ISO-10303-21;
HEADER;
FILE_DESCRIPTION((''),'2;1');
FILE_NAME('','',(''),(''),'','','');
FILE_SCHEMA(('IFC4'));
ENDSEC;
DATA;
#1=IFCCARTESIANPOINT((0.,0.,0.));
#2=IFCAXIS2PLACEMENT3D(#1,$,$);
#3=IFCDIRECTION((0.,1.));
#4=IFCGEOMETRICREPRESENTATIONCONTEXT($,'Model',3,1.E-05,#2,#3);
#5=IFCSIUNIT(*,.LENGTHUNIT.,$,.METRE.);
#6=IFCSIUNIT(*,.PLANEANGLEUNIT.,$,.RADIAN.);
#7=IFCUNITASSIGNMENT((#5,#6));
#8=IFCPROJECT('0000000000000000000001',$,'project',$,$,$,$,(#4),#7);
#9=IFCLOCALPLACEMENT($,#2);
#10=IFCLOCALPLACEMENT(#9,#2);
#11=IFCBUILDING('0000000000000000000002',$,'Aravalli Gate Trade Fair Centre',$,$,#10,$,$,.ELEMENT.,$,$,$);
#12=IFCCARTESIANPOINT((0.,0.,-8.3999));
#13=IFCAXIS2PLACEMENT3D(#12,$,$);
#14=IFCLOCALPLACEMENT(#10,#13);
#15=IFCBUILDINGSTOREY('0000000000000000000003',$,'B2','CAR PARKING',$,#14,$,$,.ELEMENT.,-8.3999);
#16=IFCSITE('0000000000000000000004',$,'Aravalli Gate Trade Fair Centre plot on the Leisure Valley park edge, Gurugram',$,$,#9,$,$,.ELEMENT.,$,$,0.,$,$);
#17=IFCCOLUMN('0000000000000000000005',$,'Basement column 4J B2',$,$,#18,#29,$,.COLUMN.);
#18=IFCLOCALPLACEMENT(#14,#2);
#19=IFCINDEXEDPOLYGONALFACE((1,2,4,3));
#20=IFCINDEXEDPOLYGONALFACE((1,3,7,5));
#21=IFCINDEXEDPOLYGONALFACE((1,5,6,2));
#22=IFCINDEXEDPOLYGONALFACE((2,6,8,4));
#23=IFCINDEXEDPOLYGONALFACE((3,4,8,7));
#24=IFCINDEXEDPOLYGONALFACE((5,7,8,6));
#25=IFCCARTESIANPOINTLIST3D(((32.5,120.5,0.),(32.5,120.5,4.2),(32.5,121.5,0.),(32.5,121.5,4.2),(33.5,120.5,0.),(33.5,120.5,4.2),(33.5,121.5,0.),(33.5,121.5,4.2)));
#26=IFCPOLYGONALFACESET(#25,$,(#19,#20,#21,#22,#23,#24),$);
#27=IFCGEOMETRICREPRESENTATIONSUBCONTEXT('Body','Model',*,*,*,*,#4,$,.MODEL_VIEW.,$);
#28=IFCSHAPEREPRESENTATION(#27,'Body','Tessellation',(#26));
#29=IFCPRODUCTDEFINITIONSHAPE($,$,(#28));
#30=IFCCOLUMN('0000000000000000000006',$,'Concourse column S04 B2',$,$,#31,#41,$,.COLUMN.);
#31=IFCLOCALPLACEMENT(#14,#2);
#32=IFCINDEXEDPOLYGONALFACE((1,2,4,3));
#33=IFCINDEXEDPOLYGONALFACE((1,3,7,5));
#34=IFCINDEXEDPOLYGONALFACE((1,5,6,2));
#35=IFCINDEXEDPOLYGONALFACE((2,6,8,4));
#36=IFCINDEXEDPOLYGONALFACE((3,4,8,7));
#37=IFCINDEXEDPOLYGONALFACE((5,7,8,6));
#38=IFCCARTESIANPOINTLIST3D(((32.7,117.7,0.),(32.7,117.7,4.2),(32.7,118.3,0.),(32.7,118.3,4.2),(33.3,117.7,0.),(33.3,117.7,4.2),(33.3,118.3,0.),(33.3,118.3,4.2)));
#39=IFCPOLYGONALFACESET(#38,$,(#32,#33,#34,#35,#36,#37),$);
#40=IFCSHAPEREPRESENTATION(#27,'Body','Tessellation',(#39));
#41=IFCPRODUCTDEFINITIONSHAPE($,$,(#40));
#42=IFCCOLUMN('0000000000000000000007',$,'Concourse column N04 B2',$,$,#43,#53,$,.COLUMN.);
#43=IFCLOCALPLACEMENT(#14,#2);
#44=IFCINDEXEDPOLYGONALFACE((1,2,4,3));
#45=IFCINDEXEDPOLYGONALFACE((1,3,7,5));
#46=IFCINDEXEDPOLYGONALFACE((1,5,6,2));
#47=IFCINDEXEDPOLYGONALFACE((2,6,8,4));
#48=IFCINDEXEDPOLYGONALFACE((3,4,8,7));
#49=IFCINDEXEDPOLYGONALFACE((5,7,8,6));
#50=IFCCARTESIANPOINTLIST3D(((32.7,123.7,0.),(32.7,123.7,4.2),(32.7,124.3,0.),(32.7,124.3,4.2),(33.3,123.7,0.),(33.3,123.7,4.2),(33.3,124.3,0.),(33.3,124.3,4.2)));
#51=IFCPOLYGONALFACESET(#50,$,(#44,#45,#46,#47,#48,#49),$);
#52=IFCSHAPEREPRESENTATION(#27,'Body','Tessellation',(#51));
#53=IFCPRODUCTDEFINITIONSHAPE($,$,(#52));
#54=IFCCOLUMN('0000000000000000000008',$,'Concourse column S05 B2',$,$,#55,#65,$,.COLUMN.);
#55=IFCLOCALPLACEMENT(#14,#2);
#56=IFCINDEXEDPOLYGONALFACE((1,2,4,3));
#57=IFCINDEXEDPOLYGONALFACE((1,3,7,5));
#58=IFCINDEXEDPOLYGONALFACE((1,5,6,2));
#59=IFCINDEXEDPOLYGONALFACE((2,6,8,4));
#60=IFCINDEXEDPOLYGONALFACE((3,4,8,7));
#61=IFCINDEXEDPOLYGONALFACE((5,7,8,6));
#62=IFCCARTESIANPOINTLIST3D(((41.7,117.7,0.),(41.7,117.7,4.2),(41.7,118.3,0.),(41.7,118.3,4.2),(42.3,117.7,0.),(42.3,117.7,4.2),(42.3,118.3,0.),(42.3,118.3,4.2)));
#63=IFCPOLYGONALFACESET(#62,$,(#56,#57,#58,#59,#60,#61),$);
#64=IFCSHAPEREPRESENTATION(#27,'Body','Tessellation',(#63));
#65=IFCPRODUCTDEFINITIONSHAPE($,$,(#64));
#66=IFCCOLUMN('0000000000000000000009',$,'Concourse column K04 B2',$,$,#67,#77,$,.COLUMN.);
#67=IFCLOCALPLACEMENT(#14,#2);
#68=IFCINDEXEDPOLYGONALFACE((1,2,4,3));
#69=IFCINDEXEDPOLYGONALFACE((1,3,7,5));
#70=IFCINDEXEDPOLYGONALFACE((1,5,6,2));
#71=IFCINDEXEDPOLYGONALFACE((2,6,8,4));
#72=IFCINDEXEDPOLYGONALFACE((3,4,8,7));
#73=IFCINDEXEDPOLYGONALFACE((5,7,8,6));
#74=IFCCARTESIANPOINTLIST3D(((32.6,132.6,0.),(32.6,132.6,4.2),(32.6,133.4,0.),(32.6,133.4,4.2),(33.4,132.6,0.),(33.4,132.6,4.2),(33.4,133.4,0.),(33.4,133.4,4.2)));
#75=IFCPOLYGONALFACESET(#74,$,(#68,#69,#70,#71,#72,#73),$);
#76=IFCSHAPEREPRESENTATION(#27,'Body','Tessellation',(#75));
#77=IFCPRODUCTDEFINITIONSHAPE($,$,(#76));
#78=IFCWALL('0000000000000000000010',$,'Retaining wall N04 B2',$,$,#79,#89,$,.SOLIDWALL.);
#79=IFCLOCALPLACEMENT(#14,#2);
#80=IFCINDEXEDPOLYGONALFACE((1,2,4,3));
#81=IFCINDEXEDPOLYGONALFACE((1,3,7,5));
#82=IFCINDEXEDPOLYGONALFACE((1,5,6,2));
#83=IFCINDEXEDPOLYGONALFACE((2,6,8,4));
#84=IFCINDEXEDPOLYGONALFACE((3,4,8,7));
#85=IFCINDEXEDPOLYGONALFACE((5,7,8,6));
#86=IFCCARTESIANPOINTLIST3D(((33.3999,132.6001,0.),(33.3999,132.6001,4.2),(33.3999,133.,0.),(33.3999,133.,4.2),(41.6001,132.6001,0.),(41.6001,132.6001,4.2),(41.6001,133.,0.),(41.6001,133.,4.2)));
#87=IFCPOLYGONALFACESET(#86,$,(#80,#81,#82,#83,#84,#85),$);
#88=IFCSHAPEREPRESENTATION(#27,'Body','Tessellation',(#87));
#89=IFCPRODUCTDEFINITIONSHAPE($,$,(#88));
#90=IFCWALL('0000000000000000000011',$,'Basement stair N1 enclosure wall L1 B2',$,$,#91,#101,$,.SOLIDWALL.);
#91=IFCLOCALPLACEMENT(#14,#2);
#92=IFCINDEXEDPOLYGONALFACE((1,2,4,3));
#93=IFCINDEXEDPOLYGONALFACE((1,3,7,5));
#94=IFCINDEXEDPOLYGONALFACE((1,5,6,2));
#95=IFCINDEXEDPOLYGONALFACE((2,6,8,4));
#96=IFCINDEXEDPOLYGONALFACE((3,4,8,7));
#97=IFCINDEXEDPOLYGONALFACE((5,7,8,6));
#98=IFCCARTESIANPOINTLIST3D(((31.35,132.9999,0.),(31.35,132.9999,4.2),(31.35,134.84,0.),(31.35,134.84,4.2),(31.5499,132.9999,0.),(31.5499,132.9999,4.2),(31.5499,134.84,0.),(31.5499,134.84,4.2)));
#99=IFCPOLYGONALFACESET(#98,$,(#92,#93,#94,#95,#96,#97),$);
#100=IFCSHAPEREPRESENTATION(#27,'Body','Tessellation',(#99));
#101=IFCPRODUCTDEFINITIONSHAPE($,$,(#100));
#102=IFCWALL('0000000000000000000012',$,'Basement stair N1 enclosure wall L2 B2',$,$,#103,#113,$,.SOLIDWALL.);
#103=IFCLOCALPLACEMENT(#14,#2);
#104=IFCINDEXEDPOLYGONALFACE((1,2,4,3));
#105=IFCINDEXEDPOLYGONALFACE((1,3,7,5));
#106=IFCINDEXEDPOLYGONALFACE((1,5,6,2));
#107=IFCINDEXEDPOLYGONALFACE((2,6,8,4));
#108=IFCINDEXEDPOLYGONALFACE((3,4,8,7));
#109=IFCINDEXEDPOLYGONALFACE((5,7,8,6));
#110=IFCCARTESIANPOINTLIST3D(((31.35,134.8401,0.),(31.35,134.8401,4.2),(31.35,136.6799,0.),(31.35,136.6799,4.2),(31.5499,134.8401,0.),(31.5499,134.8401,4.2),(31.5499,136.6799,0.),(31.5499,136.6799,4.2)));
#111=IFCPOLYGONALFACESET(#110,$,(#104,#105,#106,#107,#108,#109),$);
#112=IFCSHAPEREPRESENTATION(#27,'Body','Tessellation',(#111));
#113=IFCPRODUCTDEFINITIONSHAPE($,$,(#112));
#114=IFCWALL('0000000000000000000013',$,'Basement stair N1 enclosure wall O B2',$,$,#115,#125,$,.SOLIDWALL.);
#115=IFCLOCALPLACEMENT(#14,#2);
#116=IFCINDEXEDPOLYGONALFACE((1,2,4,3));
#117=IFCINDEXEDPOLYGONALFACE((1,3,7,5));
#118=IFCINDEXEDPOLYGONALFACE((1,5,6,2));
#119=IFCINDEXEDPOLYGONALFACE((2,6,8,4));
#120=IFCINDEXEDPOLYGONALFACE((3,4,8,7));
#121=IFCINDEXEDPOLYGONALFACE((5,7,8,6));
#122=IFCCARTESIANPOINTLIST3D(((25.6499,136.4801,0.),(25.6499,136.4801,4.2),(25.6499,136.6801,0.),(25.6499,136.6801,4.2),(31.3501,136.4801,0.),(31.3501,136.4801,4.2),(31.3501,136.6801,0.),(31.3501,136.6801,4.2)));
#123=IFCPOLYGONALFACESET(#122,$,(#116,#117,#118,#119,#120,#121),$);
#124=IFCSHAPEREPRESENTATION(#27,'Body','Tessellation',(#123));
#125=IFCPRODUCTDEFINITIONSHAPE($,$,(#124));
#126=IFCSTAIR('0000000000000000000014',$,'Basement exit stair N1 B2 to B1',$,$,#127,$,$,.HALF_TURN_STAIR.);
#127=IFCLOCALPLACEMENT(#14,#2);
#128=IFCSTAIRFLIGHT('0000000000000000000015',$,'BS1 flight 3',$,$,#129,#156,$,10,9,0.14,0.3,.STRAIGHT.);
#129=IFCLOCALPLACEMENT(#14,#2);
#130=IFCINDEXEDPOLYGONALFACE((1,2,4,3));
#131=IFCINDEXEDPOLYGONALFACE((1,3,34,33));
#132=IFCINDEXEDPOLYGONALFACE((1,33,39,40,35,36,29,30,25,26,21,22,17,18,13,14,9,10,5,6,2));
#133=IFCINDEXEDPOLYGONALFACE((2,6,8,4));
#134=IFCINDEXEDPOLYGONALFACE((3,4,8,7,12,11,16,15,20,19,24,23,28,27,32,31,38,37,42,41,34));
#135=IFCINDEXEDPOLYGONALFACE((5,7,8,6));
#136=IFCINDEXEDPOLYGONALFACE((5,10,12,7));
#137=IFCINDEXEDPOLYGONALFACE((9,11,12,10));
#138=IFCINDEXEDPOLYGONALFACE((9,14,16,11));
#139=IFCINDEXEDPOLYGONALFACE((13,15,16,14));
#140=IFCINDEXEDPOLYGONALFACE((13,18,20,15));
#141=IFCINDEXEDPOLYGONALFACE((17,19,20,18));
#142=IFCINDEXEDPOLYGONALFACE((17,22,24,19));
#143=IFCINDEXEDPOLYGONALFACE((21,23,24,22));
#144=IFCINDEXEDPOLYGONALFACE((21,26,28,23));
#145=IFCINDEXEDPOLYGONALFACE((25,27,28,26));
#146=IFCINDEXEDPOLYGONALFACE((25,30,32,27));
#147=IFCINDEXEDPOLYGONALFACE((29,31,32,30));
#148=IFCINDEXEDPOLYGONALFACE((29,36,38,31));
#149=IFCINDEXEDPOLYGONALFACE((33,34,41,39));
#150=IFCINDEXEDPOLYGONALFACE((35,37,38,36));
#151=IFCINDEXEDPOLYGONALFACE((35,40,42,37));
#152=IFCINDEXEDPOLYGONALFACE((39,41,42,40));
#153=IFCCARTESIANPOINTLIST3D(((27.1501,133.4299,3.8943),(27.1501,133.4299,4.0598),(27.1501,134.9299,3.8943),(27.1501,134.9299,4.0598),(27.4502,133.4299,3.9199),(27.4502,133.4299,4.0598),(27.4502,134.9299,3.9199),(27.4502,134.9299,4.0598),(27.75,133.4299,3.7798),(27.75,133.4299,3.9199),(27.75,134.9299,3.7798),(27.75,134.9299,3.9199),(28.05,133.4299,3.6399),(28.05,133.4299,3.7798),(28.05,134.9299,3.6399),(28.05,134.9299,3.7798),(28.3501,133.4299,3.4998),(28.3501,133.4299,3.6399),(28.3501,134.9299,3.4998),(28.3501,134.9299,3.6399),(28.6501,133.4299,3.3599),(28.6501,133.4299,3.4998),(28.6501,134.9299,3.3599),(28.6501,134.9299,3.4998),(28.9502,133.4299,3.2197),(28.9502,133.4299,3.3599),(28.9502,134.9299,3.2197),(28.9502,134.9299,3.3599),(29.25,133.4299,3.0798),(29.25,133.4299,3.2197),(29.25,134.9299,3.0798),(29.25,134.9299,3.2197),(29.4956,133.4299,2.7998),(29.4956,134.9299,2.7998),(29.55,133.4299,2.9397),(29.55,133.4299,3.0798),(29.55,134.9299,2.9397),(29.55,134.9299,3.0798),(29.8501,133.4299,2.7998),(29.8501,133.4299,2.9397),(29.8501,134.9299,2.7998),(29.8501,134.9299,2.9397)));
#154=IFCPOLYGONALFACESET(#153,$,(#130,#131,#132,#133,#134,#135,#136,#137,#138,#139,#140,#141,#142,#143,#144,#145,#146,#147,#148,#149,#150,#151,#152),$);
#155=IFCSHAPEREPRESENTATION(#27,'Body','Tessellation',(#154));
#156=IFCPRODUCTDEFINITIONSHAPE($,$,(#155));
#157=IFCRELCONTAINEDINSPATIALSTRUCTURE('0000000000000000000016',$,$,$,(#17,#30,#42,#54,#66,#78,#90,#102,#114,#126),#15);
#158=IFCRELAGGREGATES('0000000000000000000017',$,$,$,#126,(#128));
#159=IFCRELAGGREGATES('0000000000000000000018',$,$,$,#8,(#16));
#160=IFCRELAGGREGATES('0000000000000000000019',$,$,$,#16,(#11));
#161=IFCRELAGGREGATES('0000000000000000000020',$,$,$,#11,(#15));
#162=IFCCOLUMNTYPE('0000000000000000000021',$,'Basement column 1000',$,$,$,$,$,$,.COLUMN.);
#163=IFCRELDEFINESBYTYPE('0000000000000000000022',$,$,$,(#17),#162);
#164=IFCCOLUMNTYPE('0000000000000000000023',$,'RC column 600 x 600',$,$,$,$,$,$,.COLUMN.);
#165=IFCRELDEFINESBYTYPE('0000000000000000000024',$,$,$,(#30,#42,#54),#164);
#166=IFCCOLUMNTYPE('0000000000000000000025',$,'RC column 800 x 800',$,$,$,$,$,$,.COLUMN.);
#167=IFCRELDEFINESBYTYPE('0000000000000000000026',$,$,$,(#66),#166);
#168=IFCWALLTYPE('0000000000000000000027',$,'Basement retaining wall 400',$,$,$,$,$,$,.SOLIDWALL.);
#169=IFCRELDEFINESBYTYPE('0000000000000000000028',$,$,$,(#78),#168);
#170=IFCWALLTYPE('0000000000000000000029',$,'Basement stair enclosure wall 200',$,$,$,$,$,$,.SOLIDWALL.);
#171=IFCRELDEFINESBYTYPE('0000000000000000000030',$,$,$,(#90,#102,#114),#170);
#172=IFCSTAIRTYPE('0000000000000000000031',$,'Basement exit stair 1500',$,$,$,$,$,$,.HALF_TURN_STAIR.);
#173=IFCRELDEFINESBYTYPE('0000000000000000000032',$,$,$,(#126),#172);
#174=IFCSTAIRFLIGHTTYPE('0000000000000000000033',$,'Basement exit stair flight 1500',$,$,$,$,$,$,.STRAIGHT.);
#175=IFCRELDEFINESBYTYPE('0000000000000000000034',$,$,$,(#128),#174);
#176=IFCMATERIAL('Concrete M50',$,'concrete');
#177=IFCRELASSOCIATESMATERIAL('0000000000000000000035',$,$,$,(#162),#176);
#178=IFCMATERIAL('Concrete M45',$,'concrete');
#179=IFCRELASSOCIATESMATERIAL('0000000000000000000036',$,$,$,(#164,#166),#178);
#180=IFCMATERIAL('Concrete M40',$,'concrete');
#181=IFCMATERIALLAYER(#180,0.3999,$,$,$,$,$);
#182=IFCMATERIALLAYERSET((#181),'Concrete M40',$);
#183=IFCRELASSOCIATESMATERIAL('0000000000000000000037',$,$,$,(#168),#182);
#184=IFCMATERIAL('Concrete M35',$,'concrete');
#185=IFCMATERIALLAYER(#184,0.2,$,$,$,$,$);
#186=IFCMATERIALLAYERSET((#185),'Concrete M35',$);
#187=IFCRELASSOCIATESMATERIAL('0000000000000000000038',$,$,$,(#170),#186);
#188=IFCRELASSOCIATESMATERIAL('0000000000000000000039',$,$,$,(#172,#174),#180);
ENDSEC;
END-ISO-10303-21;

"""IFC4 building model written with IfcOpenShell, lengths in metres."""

from ifc_helpers import new_model, si_unit, direction, frame, frame_2d, origin, origin_2d, place, context, subcontext, project, spatial, polyline, rectangle, outline, extrude, material, layer, layer_set, material_profile, profile_set, type_object, element, aggregate, save


model = new_model("IFC4")

# Units and contexts
model_context = context("Model", 3, precision=1e-05, world=origin(), true_north=direction((0.0, 1.0)))
body_context = subcontext(model_context, "Body", "Model", "MODEL_VIEW")
ifc_project = project(units=[si_unit("LENGTHUNIT", "METRE"), si_unit("PLANEANGLEUNIT", "RADIAN")], contexts=[model_context])

# Site, building, storey
site_placement = place(None, origin())
site = spatial("IfcSite", under=ifc_project, at=site_placement, Name="Aravalli Gate Trade Fair Centre plot on the Leisure Valley park edge, Gurugram", CompositionType="ELEMENT", RefElevation=0.0)
building_placement = place(site_placement, origin())
building = spatial("IfcBuilding", under=site, at=building_placement, Name="Aravalli Gate Trade Fair Centre", CompositionType="ELEMENT")
storey_placement = place(building_placement, frame((0.0, 0.0, -8.3999)))
storey = spatial("IfcBuildingStorey", under=building, at=storey_placement, Name="B2", Description="CAR PARKING", CompositionType="ELEMENT", Elevation=-8.3999)

# Shared definitions
ifc_material_1 = material(Name="Concrete M35", Category="concrete")

# Columns
ifc_material_2 = material(Name="Concrete M50", Category="concrete")
ifc_material_profile_1 = material_profile(ifc_material_2, rectangle(XDim=1.0, YDim=1.0, at=origin_2d()), Name="RC 1000 x 1000")
ifc_profile_set_1 = profile_set([ifc_material_profile_1], Name="Concrete M50")
column_type_1 = type_object("IfcColumnType", Name="Basement column 1000", PredefinedType="COLUMN", material=ifc_profile_set_1)
column_1_placement = place(storey_placement, frame((33.0, 121.0, 0.0), z_axis=(0.0, 0.0, 1.0), x_axis=(1.0, 0.0, 0.0)))
element("IfcColumn", 1, at=column_1_placement, inside=storey, type_object=column_type_1, Name="Basement column 4J B2", PredefinedType="COLUMN", context=body_context, shape_type="SweptSolid", body=[
    extrude(rectangle(XDim=1.0, YDim=1.0, at=origin_2d()), origin(), (0.0, 0.0, 1.0), 4.2),
])
ifc_material_3 = material(Name="Concrete M45", Category="concrete")
ifc_material_profile_2 = material_profile(ifc_material_3, rectangle(XDim=0.6001, YDim=0.6001, at=origin_2d()), Name="RC column 600 x 600")
ifc_profile_set_2 = profile_set([ifc_material_profile_2], Name="Concrete M45")
column_type_2 = type_object("IfcColumnType", Name="RC column 600 x 600", PredefinedType="COLUMN", material=ifc_profile_set_2)
for number, where, z_axis, x_axis, name in (
    (2, (33.0, 118.0, 0.0), (0.0, 0.0, 1.0), (1.0, 0.0, 0.0), "Concourse column S04 B2"),
    (3, (33.0, 124.0, 0.0), (0.0, 0.0, 1.0), (1.0, 0.0, 0.0), "Concourse column N04 B2"),
    (4, (42.0, 118.0, 0.0), (0.0, 0.0, 1.0), (1.0, 0.0, 0.0), "Concourse column S05 B2"),
):
    element("IfcColumn", number, at=place(storey_placement, frame(where, z_axis=z_axis, x_axis=x_axis)), inside=storey, type_object=column_type_2, Name=name, PredefinedType="COLUMN", context=body_context, shape_type="SweptSolid", body=[
        extrude(rectangle(XDim=0.6001, YDim=0.6001, at=origin_2d()), origin(), (0.0, 0.0, 1.0), 4.2),
    ])
ifc_material_profile_3 = material_profile(ifc_material_3, rectangle(XDim=0.8, YDim=0.8, at=origin_2d()), Name="RC column 800 x 800")
ifc_profile_set_3 = profile_set([ifc_material_profile_3], Name="Concrete M45")
column_type_3 = type_object("IfcColumnType", Name="RC column 800 x 800", PredefinedType="COLUMN", material=ifc_profile_set_3)
column_2_placement = place(storey_placement, frame((33.0, 133.0, 0.0), z_axis=(0.0, 0.0, 1.0), x_axis=(1.0, 0.0, 0.0)))
element("IfcColumn", 5, at=column_2_placement, inside=storey, type_object=column_type_3, Name="Concourse column K04 B2", PredefinedType="COLUMN", context=body_context, shape_type="SweptSolid", body=[
    extrude(rectangle(XDim=0.8, YDim=0.8, at=origin_2d()), origin(), (0.0, 0.0, 1.0), 4.2),
])

# Walls
ifc_material_4 = material(Name="Concrete M40", Category="concrete")
ifc_layer_1 = layer(ifc_material_4, 0.3999)
ifc_layer_set_1 = layer_set([ifc_layer_1], Name="Concrete M40")
wall_type_1 = type_object("IfcWallType", Name="Basement retaining wall 400", PredefinedType="SOLIDWALL", material=ifc_layer_set_1)
wall_1_placement = place(storey_placement, frame((33.3999, 132.8, 0.0), z_axis=(0.0, 0.0, 1.0), x_axis=(1.0, 0.0, 0.0)))
element("IfcWall", 6, at=wall_1_placement, inside=storey, type_object=wall_type_1, Name="Retaining wall N04 B2", PredefinedType="SOLIDWALL", context=body_context, shape_type="SweptSolid", body=[
    extrude(rectangle(XDim=8.2002, YDim=0.3999, at=frame_2d((4.1001, 0.0))), origin(), (0.0, 0.0, 1.0), 4.2),
])
ifc_layer_2 = layer(ifc_material_1, 0.2)
ifc_layer_set_2 = layer_set([ifc_layer_2], Name="Concrete M35")
wall_type_2 = type_object("IfcWallType", Name="Basement stair enclosure wall 200", PredefinedType="SOLIDWALL", material=ifc_layer_set_2)
wall_2_placement = place(storey_placement, frame((31.45, 133.0, 0.0), z_axis=(0.0, 0.0, 1.0), x_axis=(0.0, 1.0, 0.0)))
element("IfcWall", 7, at=wall_2_placement, inside=storey, type_object=wall_type_2, Name="Basement stair N1 enclosure wall L1 B2", PredefinedType="SOLIDWALL", context=body_context, shape_type="SweptSolid", body=[
    extrude(rectangle(XDim=1.8401, YDim=0.2, at=frame_2d((0.9199, 0.0))), origin(), (0.0, 0.0, 1.0), 4.2),
])
wall_3_placement = place(storey_placement, frame((31.45, 134.8401, 0.0), z_axis=(0.0, 0.0, 1.0), x_axis=(0.0, 1.0, 0.0)))
element("IfcWall", 8, at=wall_3_placement, inside=storey, type_object=wall_type_2, Name="Basement stair N1 enclosure wall L2 B2", PredefinedType="SOLIDWALL", context=body_context, shape_type="SweptSolid", body=[
    extrude(rectangle(XDim=1.8398, YDim=0.2, at=frame_2d((0.9199, 0.0))), origin(), (0.0, 0.0, 1.0), 4.2),
])
wall_4_placement = place(storey_placement, frame((31.3501, 136.5801, 0.0), z_axis=(0.0, 0.0, 1.0), x_axis=(-1.0, 0.0, 0.0)))
element("IfcWall", 9, at=wall_4_placement, inside=storey, type_object=wall_type_2, Name="Basement stair N1 enclosure wall O B2", PredefinedType="SOLIDWALL", context=body_context, shape_type="SweptSolid", body=[
    extrude(rectangle(XDim=5.7002, YDim=0.2, at=frame_2d((2.8501, 0.0))), origin(), (0.0, 0.0, 1.0), 4.2),
])

# Stair, stair flight
stair_type = type_object("IfcStairType", Name="Basement exit stair 1500", PredefinedType="HALF_TURN_STAIR", material=ifc_material_4)
stair_placement = place(storey_placement, origin())
stair = element("IfcStair", 10, at=stair_placement, inside=storey, type_object=stair_type, Name="Basement exit stair N1 B2 to B1", PredefinedType="HALF_TURN_STAIR")
stair_flight_type = type_object("IfcStairFlightType", Name="Basement exit stair flight 1500", PredefinedType="STRAIGHT", material=ifc_material_4)
stair_flight_placement = place(storey_placement, frame((29.8501, 134.1799, 2.7998), z_axis=(0.0, 0.0, 1.0), x_axis=(-1.0, 0.0, 0.0)))
stair_flight = element("IfcStairFlight", 11, at=stair_flight_placement, type_object=stair_flight_type, Name="BS1 flight 3", NumberOfRisers=10, NumberOfTreads=9, PredefinedType="STRAIGHT", RiserHeight=0.14, TreadLength=0.3, context=body_context, shape_type="SweptSolid", body=[
    extrude(outline(polyline([(0.0, 0.0), (0.0, 0.1399), (0.3, 0.1399), (0.3, 0.28), (0.6001, 0.28), (0.6001, 0.4199), (0.8999, 0.4199), (0.8999, 0.5601), (1.2, 0.5601), (1.2, 0.7), (1.5, 0.7), (1.5, 0.8401), (1.8, 0.8401), (1.8, 0.98), (2.1001, 0.98), (2.1001, 1.1201), (2.3999, 1.1201), (2.3999, 1.26), (2.7, 1.26), (2.7, 1.3999), (2.7, 1.0945), (0.3545, 0.0), (0.0, 0.0)])), frame((0.0, 0.75, 0.0), z_axis=(0.0, -1.0, 0.0), x_axis=(1.0, 0.0, 0.0)), (0.0, 0.0, 1.0), 1.5),
])
aggregate(stair, [stair_flight])

save(model, "model.ifc")
